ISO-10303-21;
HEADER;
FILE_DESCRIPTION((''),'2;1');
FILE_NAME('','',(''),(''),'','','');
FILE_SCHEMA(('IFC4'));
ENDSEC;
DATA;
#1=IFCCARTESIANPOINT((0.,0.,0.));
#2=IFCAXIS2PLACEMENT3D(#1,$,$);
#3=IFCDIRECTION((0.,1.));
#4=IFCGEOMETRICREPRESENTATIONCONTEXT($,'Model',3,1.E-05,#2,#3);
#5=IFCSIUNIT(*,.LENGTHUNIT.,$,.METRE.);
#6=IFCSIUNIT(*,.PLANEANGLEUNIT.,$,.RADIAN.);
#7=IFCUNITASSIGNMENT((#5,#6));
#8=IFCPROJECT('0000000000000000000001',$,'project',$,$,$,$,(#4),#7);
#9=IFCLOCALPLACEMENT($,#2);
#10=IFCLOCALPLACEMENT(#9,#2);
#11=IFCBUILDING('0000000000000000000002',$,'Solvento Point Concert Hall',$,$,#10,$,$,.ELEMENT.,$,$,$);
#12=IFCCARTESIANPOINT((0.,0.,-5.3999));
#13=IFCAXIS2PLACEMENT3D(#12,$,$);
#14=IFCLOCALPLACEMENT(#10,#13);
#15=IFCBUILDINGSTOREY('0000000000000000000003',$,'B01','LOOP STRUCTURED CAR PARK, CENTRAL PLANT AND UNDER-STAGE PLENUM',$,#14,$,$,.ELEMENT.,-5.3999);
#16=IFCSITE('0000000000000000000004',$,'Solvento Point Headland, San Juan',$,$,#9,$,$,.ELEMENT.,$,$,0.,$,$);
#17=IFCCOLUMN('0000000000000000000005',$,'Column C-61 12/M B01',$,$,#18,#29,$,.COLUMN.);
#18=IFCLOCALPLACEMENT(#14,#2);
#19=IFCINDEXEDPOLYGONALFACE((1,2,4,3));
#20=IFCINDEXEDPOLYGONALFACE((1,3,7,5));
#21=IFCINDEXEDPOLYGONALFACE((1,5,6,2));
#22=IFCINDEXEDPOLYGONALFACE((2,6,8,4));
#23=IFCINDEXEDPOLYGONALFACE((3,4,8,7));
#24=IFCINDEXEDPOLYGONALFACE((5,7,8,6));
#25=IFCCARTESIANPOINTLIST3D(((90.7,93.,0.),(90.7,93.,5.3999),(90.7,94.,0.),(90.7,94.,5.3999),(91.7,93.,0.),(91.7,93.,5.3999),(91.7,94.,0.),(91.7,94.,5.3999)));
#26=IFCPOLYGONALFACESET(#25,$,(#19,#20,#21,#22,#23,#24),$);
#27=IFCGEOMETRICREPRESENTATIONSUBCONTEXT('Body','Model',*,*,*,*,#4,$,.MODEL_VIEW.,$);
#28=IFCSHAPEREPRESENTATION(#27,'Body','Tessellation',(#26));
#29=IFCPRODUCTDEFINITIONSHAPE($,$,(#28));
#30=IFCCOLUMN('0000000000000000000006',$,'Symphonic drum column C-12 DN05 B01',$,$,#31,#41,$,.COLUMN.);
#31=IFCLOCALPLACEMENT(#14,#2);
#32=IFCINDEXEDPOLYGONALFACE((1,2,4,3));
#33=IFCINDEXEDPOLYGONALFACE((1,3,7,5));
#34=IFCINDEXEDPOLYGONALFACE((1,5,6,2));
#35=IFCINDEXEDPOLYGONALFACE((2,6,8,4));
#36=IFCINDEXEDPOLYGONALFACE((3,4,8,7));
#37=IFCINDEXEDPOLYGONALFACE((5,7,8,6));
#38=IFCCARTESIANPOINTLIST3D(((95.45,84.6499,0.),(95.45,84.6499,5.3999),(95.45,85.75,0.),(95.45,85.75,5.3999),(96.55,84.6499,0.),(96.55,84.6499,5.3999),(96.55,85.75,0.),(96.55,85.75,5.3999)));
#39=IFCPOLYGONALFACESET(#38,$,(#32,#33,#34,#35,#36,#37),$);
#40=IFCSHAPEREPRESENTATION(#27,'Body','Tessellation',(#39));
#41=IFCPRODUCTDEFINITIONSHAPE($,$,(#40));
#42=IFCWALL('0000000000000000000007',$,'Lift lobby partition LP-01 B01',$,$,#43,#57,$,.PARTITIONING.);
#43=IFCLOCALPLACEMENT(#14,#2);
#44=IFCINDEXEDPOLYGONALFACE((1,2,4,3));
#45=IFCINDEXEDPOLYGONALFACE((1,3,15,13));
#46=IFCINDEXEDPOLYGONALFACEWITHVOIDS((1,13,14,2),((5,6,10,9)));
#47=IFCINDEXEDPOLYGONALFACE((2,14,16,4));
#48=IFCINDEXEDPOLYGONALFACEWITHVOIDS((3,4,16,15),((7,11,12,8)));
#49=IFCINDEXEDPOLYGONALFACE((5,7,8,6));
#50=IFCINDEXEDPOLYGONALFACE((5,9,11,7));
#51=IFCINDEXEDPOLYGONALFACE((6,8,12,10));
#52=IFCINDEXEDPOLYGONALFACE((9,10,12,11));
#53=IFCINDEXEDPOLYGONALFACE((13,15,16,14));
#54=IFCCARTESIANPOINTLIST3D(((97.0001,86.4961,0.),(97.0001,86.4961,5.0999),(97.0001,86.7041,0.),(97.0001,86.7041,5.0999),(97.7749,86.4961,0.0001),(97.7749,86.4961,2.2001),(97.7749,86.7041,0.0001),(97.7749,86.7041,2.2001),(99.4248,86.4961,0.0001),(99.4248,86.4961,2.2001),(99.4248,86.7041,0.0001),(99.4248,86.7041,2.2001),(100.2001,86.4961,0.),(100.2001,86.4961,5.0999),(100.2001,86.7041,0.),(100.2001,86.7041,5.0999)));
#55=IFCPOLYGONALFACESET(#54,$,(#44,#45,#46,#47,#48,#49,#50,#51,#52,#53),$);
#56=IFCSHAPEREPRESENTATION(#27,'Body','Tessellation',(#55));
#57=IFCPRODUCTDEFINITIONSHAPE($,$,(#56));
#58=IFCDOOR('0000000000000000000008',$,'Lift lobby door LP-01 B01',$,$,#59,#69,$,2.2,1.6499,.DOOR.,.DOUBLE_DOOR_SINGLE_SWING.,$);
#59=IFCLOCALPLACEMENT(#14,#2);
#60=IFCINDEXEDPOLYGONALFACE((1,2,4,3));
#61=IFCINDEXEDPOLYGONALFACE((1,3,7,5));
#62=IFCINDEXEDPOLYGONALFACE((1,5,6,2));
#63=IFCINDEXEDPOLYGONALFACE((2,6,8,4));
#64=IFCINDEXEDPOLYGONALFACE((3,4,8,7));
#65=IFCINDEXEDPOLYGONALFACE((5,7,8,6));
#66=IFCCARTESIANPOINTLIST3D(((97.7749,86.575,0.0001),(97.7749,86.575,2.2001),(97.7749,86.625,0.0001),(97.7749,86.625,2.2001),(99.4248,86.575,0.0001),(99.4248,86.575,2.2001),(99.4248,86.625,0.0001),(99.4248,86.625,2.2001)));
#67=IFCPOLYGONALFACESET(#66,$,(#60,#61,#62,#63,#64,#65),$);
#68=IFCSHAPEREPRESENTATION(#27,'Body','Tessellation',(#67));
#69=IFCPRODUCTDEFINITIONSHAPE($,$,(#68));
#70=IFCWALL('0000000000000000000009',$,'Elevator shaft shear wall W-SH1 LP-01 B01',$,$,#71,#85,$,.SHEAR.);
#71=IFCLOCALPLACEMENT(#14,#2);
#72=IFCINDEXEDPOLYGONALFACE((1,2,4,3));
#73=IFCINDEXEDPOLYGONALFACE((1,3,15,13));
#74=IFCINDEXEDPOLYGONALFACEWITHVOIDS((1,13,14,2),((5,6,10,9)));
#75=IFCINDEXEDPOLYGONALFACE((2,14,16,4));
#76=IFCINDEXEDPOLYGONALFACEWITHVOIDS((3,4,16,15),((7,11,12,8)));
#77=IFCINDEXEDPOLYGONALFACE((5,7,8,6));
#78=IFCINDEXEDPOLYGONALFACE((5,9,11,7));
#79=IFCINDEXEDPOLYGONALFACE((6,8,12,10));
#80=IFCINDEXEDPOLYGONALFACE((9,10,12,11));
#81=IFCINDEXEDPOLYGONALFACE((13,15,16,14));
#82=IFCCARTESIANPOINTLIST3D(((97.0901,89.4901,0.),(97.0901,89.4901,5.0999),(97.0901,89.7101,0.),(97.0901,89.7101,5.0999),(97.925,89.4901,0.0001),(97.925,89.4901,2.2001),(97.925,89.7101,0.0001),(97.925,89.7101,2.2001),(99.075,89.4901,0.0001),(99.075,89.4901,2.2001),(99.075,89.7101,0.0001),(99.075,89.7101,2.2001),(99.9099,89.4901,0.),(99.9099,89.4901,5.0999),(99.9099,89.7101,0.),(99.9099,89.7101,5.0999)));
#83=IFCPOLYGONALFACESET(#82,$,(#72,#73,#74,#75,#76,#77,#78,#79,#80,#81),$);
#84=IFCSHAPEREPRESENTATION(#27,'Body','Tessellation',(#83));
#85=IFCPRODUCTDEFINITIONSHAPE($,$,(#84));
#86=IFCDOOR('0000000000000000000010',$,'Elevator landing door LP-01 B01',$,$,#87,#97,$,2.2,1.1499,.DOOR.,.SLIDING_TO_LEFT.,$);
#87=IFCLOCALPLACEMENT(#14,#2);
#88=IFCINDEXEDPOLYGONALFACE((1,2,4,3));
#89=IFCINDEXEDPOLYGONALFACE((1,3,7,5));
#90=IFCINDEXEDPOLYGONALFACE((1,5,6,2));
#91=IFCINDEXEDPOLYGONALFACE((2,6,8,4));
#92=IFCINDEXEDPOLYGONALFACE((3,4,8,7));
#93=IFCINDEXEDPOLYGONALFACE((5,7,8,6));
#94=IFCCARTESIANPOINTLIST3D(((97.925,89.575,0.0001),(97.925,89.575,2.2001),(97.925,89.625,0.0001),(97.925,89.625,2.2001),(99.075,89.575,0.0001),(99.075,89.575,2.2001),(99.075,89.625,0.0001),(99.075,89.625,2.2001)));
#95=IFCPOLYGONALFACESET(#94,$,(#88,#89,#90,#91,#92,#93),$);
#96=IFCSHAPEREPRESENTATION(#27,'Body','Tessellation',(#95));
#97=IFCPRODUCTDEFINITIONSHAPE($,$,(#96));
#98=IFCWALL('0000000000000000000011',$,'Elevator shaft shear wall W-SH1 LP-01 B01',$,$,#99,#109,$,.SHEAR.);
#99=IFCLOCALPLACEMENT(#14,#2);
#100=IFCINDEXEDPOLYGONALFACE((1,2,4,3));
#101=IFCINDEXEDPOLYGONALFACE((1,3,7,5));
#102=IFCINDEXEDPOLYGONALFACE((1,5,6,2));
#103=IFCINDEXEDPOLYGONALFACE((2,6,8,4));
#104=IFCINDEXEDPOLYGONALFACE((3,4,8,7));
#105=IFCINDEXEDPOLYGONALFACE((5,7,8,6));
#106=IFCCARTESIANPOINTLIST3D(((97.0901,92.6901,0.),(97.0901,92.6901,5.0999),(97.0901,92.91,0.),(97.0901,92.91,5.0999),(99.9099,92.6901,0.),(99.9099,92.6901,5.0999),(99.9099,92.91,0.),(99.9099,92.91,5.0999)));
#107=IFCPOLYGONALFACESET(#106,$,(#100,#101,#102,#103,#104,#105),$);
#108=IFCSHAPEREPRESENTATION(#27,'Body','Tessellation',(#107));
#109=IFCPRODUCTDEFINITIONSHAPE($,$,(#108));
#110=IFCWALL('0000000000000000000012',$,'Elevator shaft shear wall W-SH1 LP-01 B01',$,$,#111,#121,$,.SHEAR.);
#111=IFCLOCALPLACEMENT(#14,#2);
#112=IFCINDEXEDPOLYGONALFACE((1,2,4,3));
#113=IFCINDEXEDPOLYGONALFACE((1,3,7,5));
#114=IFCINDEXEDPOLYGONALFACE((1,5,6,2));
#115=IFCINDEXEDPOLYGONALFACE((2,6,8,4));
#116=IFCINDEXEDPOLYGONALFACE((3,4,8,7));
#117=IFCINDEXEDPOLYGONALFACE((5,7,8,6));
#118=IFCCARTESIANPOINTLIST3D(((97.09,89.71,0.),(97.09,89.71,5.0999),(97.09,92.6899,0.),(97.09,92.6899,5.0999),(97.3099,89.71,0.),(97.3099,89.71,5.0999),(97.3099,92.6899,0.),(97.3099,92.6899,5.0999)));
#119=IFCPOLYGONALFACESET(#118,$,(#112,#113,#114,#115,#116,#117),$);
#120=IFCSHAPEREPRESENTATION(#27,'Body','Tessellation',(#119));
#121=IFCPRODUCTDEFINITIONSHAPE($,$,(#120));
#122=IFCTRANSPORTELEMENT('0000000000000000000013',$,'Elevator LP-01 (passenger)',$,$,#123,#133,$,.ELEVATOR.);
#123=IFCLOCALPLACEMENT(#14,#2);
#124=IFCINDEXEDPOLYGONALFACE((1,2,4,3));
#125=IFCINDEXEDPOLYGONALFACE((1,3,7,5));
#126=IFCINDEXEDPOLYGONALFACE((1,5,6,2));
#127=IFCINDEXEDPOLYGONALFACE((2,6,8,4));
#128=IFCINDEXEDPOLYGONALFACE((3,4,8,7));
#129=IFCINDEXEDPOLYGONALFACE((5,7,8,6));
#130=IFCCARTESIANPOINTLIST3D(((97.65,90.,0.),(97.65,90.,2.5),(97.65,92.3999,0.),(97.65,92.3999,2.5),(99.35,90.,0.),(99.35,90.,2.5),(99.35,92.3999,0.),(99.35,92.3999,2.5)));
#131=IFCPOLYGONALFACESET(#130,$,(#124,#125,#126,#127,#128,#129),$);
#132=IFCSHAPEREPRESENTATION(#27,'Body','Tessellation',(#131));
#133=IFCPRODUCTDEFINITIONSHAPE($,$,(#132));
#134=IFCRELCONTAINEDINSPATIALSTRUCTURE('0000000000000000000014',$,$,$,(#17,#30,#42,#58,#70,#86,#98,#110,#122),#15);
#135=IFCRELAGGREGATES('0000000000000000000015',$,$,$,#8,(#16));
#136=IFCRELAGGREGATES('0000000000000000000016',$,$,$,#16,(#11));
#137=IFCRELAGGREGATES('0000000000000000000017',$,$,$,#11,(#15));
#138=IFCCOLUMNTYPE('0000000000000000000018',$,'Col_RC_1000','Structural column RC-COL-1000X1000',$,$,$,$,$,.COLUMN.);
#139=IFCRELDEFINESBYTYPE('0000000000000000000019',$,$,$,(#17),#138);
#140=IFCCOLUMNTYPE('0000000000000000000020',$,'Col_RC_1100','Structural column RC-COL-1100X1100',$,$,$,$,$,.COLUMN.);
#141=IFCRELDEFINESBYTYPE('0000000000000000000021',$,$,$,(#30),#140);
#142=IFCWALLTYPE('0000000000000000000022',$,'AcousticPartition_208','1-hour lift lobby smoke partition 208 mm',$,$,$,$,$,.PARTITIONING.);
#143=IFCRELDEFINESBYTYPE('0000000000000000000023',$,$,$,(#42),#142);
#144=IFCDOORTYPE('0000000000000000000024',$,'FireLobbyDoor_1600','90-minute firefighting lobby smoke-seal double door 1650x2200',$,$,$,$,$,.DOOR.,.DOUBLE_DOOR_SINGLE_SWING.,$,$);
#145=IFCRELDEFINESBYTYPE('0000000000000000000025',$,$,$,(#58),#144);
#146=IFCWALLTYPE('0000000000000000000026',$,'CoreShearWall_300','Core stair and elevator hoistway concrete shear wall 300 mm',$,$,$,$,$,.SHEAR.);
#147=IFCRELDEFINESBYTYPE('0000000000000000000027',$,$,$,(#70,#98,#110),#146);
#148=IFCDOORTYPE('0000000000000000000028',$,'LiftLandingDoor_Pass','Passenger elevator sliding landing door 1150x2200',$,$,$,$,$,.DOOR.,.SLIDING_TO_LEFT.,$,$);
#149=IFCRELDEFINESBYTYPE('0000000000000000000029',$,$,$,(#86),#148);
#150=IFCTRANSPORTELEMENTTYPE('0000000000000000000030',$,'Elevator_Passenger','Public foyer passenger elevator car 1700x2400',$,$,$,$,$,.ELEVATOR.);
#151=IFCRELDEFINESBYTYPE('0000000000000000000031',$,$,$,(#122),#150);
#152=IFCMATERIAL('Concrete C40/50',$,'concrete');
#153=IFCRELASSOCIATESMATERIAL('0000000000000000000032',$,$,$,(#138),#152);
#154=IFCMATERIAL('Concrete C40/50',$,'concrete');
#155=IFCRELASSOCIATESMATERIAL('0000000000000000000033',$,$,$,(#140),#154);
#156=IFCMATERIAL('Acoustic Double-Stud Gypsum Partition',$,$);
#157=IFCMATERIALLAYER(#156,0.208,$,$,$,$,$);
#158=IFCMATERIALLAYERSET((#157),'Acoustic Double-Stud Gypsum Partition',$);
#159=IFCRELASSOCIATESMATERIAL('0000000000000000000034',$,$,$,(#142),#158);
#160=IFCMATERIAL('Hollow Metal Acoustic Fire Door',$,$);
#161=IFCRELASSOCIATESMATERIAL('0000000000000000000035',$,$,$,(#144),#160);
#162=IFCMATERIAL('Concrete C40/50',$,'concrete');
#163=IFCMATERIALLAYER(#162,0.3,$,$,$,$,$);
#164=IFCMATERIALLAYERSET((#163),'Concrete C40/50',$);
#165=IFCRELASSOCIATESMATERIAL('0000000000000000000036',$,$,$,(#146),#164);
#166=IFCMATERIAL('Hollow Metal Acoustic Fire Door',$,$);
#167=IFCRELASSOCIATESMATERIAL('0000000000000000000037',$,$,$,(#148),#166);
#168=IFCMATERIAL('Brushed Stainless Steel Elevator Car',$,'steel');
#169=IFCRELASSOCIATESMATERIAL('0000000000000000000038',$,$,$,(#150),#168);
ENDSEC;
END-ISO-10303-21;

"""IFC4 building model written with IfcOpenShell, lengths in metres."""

from ifc_helpers import new_model, si_unit, direction, frame, frame_2d, origin, origin_2d, place, context, subcontext, project, spatial, rectangle, extrude, material, layer, layer_set, material_profile, profile_set, type_object, element, fill, save


model = new_model("IFC4")

# Units and contexts
model_context = context("Model", 3, precision=1e-05, world=origin(), true_north=direction((0.0, 1.0)))
body_context = subcontext(model_context, "Body", "Model", "MODEL_VIEW")
ifc_project = project(units=[si_unit("LENGTHUNIT", "METRE"), si_unit("PLANEANGLEUNIT", "RADIAN")], contexts=[model_context])

# Site, building, storey
site_placement = place(None, origin())
site = spatial("IfcSite", under=ifc_project, at=site_placement, Name="Solvento Point Headland, San Juan", CompositionType="ELEMENT", RefElevation=0.0)
building_placement = place(site_placement, origin())
building = spatial("IfcBuilding", under=site, at=building_placement, Name="Solvento Point Concert Hall", CompositionType="ELEMENT")
storey_placement = place(building_placement, frame((0.0, 0.0, -5.3999)))
storey = spatial("IfcBuildingStorey", under=building, at=storey_placement, Name="B01", Description="LOOP STRUCTURED CAR PARK, CENTRAL PLANT AND UNDER-STAGE PLENUM", CompositionType="ELEMENT", Elevation=-5.3999)

# Columns
ifc_material_1 = material(Name="Concrete C40/50", Category="concrete")
ifc_material_profile_1 = material_profile(ifc_material_1, rectangle(XDim=1.0, YDim=1.0, at=origin_2d()), Name="RC-COL-1000X1000")
ifc_profile_set_1 = profile_set([ifc_material_profile_1], Name="Concrete C40/50")
column_type_1 = type_object("IfcColumnType", Name="Col_RC_1000", Description="Structural column RC-COL-1000X1000", PredefinedType="COLUMN", material=ifc_profile_set_1)
column_1_placement = place(storey_placement, frame((91.2, 93.5, 0.0), z_axis=(0.0, 0.0, 1.0), x_axis=(1.0, 0.0, 0.0)))
element("IfcColumn", 1, at=column_1_placement, inside=storey, type_object=column_type_1, Name="Column C-61 12/M B01", PredefinedType="COLUMN", context=body_context, shape_type="SweptSolid", body=[
    extrude(rectangle(XDim=1.0, YDim=1.0, at=origin_2d()), origin(), (0.0, 0.0, 1.0), 5.3999),
])
ifc_material_2 = material(Name="Concrete C40/50", Category="concrete")
ifc_material_profile_2 = material_profile(ifc_material_2, rectangle(XDim=1.1001, YDim=1.1001, at=origin_2d()), Name="RC-COL-1100X1100")
ifc_profile_set_2 = profile_set([ifc_material_profile_2], Name="Concrete C40/50")
column_type_2 = type_object("IfcColumnType", Name="Col_RC_1100", Description="Structural column RC-COL-1100X1100", PredefinedType="COLUMN", material=ifc_profile_set_2)
column_2_placement = place(storey_placement, frame((96.0, 85.2, 0.0), z_axis=(0.0, 0.0, 1.0), x_axis=(1.0, 0.0, 0.0)))
element("IfcColumn", 2, at=column_2_placement, inside=storey, type_object=column_type_2, Name="Symphonic drum column C-12 DN05 B01", PredefinedType="COLUMN", context=body_context, shape_type="SweptSolid", body=[
    extrude(rectangle(XDim=1.1001, YDim=1.1001, at=origin_2d()), origin(), (0.0, 0.0, 1.0), 5.3999),
])

# Walls, openings, doors
ifc_material_3 = material(Name="Acoustic Double-Stud Gypsum Partition")
ifc_layer_1 = layer(ifc_material_3, 0.208)
ifc_layer_set_1 = layer_set([ifc_layer_1], Name="Acoustic Double-Stud Gypsum Partition")
wall_type_1 = type_object("IfcWallType", Name="AcousticPartition_208", Description="1-hour lift lobby smoke partition 208 mm", PredefinedType="PARTITIONING", material=ifc_layer_set_1)
wall_1_placement = place(storey_placement, frame((97.0, 86.6001, 0.0), z_axis=(0.0, 0.0, 1.0), x_axis=(1.0, 0.0, 0.0)))
wall_1 = element("IfcWall", 3, at=wall_1_placement, inside=storey, type_object=wall_type_1, Name="Lift lobby partition LP-01 B01", PredefinedType="PARTITIONING", context=body_context, shape_type="SweptSolid", body=[
    extrude(rectangle(XDim=3.2, YDim=0.208, at=frame_2d((1.6001, 0.0))), origin(), (0.0, 0.0, 1.0), 5.0999),
])
opening_1_placement = place(wall_1_placement, frame((0.7749, 0.0, 0.0)))
opening_1 = element("IfcOpeningElement", 4, at=opening_1_placement, cuts=wall_1, PredefinedType="OPENING", context=body_context, shape_type="SweptSolid", body=[
    extrude(rectangle(XDim=1.6499, YDim=2.2, at=frame_2d((0.825, 1.1001))), frame((0.0, 0.114, 0.0), z_axis=(0.0, -1.0, 0.0), x_axis=(1.0, 0.0, 0.0)), (0.0, 0.0, 1.0), 0.228),
])
ifc_material_4 = material(Name="Hollow Metal Acoustic Fire Door")
door_type_1 = type_object("IfcDoorType", Name="FireLobbyDoor_1600", Description="90-minute firefighting lobby smoke-seal double door 1650x2200", OperationType="DOUBLE_DOOR_SINGLE_SWING", PredefinedType="DOOR", material=ifc_material_4)
door_1_placement = place(opening_1_placement, origin())
door_1 = element("IfcDoor", 5, at=door_1_placement, inside=storey, type_object=door_type_1, Name="Lift lobby door LP-01 B01", OperationType="DOUBLE_DOOR_SINGLE_SWING", OverallHeight=2.2, OverallWidth=1.6499, PredefinedType="DOOR", context=body_context, shape_type="SweptSolid", body=[
    extrude(rectangle(XDim=1.6499, YDim=2.2, at=frame_2d((0.825, 1.1001))), frame((0.0, 0.0249, 0.0), z_axis=(0.0, -1.0, 0.0), x_axis=(1.0, 0.0, 0.0)), (0.0, 0.0, 1.0), 0.05),
])
fill(opening_1, door_1)
ifc_material_5 = material(Name="Concrete C40/50", Category="concrete")
ifc_layer_2 = layer(ifc_material_5, 0.3)
ifc_layer_set_2 = layer_set([ifc_layer_2], Name="Concrete C40/50")
wall_type_2 = type_object("IfcWallType", Name="CoreShearWall_300", Description="Core stair and elevator hoistway concrete shear wall 300 mm", PredefinedType="SHEAR", material=ifc_layer_set_2)
wall_2_placement = place(storey_placement, frame((97.0901, 89.6001, 0.0), z_axis=(0.0, 0.0, 1.0), x_axis=(1.0, 0.0, 0.0)))
wall_2 = element("IfcWall", 6, at=wall_2_placement, inside=storey, type_object=wall_type_2, Name="Elevator shaft shear wall W-SH1 LP-01 B01", PredefinedType="SHEAR", context=body_context, shape_type="SweptSolid", body=[
    extrude(rectangle(XDim=2.8198, YDim=0.22, at=frame_2d((1.4099, 0.0))), origin(), (0.0, 0.0, 1.0), 5.0999),
])
opening_2_placement = place(wall_2_placement, frame((0.835, 0.0, 0.0)))
opening_2 = element("IfcOpeningElement", 7, at=opening_2_placement, cuts=wall_2, PredefinedType="OPENING", context=body_context, shape_type="SweptSolid", body=[
    extrude(rectangle(XDim=1.1499, YDim=2.2, at=frame_2d((0.575, 1.1001))), frame((0.0, 0.1199, 0.0), z_axis=(0.0, -1.0, 0.0), x_axis=(1.0, 0.0, 0.0)), (0.0, 0.0, 1.0), 0.24),
])
ifc_material_6 = material(Name="Hollow Metal Acoustic Fire Door")
door_type_2 = type_object("IfcDoorType", Name="LiftLandingDoor_Pass", Description="Passenger elevator sliding landing door 1150x2200", OperationType="SLIDING_TO_LEFT", PredefinedType="DOOR", material=ifc_material_6)
door_2_placement = place(opening_2_placement, origin())
door_2 = element("IfcDoor", 8, at=door_2_placement, inside=storey, type_object=door_type_2, Name="Elevator landing door LP-01 B01", OperationType="SLIDING_TO_LEFT", OverallHeight=2.2, OverallWidth=1.1499, PredefinedType="DOOR", context=body_context, shape_type="SweptSolid", body=[
    extrude(rectangle(XDim=1.1499, YDim=2.2, at=frame_2d((0.575, 1.1001))), frame((0.0, 0.0249, 0.0), z_axis=(0.0, -1.0, 0.0), x_axis=(1.0, 0.0, 0.0)), (0.0, 0.0, 1.0), 0.05),
])
fill(opening_2, door_2)

# Walls
wall_3_placement = place(storey_placement, frame((97.0901, 92.8, 0.0), z_axis=(0.0, 0.0, 1.0), x_axis=(1.0, 0.0, 0.0)))
element("IfcWall", 9, at=wall_3_placement, inside=storey, type_object=wall_type_2, Name="Elevator shaft shear wall W-SH1 LP-01 B01", PredefinedType="SHEAR", context=body_context, shape_type="SweptSolid", body=[
    extrude(rectangle(XDim=2.8198, YDim=0.22, at=frame_2d((1.4099, 0.0))), origin(), (0.0, 0.0, 1.0), 5.0999),
])
wall_4_placement = place(storey_placement, frame((97.2, 89.71, 0.0), z_axis=(0.0, 0.0, 1.0), x_axis=(0.0, 1.0, 0.0)))
element("IfcWall", 10, at=wall_4_placement, inside=storey, type_object=wall_type_2, Name="Elevator shaft shear wall W-SH1 LP-01 B01", PredefinedType="SHEAR", context=body_context, shape_type="SweptSolid", body=[
    extrude(rectangle(XDim=2.98, YDim=0.22, at=frame_2d((1.49, 0.0))), origin(), (0.0, 0.0, 1.0), 5.0999),
])

# Transport element
ifc_material_7 = material(Name="Brushed Stainless Steel Elevator Car", Category="steel")
transport_element_type = type_object("IfcTransportElementType", Name="Elevator_Passenger", Description="Public foyer passenger elevator car 1700x2400", PredefinedType="ELEVATOR", material=ifc_material_7)
transport_element_placement = place(storey_placement, frame((98.5, 91.2, 0.0), z_axis=(0.0, 0.0, 1.0), x_axis=(1.0, 0.0, 0.0)))
element("IfcTransportElement", 11, at=transport_element_placement, inside=storey, type_object=transport_element_type, Name="Elevator LP-01 (passenger)", PredefinedType="ELEVATOR", context=body_context, shape_type="SweptSolid", body=[
    extrude(rectangle(XDim=1.7, YDim=2.3999, at=origin_2d()), origin(), (0.0, 0.0, 1.0), 2.5),
])

save(model, "model.ifc")
